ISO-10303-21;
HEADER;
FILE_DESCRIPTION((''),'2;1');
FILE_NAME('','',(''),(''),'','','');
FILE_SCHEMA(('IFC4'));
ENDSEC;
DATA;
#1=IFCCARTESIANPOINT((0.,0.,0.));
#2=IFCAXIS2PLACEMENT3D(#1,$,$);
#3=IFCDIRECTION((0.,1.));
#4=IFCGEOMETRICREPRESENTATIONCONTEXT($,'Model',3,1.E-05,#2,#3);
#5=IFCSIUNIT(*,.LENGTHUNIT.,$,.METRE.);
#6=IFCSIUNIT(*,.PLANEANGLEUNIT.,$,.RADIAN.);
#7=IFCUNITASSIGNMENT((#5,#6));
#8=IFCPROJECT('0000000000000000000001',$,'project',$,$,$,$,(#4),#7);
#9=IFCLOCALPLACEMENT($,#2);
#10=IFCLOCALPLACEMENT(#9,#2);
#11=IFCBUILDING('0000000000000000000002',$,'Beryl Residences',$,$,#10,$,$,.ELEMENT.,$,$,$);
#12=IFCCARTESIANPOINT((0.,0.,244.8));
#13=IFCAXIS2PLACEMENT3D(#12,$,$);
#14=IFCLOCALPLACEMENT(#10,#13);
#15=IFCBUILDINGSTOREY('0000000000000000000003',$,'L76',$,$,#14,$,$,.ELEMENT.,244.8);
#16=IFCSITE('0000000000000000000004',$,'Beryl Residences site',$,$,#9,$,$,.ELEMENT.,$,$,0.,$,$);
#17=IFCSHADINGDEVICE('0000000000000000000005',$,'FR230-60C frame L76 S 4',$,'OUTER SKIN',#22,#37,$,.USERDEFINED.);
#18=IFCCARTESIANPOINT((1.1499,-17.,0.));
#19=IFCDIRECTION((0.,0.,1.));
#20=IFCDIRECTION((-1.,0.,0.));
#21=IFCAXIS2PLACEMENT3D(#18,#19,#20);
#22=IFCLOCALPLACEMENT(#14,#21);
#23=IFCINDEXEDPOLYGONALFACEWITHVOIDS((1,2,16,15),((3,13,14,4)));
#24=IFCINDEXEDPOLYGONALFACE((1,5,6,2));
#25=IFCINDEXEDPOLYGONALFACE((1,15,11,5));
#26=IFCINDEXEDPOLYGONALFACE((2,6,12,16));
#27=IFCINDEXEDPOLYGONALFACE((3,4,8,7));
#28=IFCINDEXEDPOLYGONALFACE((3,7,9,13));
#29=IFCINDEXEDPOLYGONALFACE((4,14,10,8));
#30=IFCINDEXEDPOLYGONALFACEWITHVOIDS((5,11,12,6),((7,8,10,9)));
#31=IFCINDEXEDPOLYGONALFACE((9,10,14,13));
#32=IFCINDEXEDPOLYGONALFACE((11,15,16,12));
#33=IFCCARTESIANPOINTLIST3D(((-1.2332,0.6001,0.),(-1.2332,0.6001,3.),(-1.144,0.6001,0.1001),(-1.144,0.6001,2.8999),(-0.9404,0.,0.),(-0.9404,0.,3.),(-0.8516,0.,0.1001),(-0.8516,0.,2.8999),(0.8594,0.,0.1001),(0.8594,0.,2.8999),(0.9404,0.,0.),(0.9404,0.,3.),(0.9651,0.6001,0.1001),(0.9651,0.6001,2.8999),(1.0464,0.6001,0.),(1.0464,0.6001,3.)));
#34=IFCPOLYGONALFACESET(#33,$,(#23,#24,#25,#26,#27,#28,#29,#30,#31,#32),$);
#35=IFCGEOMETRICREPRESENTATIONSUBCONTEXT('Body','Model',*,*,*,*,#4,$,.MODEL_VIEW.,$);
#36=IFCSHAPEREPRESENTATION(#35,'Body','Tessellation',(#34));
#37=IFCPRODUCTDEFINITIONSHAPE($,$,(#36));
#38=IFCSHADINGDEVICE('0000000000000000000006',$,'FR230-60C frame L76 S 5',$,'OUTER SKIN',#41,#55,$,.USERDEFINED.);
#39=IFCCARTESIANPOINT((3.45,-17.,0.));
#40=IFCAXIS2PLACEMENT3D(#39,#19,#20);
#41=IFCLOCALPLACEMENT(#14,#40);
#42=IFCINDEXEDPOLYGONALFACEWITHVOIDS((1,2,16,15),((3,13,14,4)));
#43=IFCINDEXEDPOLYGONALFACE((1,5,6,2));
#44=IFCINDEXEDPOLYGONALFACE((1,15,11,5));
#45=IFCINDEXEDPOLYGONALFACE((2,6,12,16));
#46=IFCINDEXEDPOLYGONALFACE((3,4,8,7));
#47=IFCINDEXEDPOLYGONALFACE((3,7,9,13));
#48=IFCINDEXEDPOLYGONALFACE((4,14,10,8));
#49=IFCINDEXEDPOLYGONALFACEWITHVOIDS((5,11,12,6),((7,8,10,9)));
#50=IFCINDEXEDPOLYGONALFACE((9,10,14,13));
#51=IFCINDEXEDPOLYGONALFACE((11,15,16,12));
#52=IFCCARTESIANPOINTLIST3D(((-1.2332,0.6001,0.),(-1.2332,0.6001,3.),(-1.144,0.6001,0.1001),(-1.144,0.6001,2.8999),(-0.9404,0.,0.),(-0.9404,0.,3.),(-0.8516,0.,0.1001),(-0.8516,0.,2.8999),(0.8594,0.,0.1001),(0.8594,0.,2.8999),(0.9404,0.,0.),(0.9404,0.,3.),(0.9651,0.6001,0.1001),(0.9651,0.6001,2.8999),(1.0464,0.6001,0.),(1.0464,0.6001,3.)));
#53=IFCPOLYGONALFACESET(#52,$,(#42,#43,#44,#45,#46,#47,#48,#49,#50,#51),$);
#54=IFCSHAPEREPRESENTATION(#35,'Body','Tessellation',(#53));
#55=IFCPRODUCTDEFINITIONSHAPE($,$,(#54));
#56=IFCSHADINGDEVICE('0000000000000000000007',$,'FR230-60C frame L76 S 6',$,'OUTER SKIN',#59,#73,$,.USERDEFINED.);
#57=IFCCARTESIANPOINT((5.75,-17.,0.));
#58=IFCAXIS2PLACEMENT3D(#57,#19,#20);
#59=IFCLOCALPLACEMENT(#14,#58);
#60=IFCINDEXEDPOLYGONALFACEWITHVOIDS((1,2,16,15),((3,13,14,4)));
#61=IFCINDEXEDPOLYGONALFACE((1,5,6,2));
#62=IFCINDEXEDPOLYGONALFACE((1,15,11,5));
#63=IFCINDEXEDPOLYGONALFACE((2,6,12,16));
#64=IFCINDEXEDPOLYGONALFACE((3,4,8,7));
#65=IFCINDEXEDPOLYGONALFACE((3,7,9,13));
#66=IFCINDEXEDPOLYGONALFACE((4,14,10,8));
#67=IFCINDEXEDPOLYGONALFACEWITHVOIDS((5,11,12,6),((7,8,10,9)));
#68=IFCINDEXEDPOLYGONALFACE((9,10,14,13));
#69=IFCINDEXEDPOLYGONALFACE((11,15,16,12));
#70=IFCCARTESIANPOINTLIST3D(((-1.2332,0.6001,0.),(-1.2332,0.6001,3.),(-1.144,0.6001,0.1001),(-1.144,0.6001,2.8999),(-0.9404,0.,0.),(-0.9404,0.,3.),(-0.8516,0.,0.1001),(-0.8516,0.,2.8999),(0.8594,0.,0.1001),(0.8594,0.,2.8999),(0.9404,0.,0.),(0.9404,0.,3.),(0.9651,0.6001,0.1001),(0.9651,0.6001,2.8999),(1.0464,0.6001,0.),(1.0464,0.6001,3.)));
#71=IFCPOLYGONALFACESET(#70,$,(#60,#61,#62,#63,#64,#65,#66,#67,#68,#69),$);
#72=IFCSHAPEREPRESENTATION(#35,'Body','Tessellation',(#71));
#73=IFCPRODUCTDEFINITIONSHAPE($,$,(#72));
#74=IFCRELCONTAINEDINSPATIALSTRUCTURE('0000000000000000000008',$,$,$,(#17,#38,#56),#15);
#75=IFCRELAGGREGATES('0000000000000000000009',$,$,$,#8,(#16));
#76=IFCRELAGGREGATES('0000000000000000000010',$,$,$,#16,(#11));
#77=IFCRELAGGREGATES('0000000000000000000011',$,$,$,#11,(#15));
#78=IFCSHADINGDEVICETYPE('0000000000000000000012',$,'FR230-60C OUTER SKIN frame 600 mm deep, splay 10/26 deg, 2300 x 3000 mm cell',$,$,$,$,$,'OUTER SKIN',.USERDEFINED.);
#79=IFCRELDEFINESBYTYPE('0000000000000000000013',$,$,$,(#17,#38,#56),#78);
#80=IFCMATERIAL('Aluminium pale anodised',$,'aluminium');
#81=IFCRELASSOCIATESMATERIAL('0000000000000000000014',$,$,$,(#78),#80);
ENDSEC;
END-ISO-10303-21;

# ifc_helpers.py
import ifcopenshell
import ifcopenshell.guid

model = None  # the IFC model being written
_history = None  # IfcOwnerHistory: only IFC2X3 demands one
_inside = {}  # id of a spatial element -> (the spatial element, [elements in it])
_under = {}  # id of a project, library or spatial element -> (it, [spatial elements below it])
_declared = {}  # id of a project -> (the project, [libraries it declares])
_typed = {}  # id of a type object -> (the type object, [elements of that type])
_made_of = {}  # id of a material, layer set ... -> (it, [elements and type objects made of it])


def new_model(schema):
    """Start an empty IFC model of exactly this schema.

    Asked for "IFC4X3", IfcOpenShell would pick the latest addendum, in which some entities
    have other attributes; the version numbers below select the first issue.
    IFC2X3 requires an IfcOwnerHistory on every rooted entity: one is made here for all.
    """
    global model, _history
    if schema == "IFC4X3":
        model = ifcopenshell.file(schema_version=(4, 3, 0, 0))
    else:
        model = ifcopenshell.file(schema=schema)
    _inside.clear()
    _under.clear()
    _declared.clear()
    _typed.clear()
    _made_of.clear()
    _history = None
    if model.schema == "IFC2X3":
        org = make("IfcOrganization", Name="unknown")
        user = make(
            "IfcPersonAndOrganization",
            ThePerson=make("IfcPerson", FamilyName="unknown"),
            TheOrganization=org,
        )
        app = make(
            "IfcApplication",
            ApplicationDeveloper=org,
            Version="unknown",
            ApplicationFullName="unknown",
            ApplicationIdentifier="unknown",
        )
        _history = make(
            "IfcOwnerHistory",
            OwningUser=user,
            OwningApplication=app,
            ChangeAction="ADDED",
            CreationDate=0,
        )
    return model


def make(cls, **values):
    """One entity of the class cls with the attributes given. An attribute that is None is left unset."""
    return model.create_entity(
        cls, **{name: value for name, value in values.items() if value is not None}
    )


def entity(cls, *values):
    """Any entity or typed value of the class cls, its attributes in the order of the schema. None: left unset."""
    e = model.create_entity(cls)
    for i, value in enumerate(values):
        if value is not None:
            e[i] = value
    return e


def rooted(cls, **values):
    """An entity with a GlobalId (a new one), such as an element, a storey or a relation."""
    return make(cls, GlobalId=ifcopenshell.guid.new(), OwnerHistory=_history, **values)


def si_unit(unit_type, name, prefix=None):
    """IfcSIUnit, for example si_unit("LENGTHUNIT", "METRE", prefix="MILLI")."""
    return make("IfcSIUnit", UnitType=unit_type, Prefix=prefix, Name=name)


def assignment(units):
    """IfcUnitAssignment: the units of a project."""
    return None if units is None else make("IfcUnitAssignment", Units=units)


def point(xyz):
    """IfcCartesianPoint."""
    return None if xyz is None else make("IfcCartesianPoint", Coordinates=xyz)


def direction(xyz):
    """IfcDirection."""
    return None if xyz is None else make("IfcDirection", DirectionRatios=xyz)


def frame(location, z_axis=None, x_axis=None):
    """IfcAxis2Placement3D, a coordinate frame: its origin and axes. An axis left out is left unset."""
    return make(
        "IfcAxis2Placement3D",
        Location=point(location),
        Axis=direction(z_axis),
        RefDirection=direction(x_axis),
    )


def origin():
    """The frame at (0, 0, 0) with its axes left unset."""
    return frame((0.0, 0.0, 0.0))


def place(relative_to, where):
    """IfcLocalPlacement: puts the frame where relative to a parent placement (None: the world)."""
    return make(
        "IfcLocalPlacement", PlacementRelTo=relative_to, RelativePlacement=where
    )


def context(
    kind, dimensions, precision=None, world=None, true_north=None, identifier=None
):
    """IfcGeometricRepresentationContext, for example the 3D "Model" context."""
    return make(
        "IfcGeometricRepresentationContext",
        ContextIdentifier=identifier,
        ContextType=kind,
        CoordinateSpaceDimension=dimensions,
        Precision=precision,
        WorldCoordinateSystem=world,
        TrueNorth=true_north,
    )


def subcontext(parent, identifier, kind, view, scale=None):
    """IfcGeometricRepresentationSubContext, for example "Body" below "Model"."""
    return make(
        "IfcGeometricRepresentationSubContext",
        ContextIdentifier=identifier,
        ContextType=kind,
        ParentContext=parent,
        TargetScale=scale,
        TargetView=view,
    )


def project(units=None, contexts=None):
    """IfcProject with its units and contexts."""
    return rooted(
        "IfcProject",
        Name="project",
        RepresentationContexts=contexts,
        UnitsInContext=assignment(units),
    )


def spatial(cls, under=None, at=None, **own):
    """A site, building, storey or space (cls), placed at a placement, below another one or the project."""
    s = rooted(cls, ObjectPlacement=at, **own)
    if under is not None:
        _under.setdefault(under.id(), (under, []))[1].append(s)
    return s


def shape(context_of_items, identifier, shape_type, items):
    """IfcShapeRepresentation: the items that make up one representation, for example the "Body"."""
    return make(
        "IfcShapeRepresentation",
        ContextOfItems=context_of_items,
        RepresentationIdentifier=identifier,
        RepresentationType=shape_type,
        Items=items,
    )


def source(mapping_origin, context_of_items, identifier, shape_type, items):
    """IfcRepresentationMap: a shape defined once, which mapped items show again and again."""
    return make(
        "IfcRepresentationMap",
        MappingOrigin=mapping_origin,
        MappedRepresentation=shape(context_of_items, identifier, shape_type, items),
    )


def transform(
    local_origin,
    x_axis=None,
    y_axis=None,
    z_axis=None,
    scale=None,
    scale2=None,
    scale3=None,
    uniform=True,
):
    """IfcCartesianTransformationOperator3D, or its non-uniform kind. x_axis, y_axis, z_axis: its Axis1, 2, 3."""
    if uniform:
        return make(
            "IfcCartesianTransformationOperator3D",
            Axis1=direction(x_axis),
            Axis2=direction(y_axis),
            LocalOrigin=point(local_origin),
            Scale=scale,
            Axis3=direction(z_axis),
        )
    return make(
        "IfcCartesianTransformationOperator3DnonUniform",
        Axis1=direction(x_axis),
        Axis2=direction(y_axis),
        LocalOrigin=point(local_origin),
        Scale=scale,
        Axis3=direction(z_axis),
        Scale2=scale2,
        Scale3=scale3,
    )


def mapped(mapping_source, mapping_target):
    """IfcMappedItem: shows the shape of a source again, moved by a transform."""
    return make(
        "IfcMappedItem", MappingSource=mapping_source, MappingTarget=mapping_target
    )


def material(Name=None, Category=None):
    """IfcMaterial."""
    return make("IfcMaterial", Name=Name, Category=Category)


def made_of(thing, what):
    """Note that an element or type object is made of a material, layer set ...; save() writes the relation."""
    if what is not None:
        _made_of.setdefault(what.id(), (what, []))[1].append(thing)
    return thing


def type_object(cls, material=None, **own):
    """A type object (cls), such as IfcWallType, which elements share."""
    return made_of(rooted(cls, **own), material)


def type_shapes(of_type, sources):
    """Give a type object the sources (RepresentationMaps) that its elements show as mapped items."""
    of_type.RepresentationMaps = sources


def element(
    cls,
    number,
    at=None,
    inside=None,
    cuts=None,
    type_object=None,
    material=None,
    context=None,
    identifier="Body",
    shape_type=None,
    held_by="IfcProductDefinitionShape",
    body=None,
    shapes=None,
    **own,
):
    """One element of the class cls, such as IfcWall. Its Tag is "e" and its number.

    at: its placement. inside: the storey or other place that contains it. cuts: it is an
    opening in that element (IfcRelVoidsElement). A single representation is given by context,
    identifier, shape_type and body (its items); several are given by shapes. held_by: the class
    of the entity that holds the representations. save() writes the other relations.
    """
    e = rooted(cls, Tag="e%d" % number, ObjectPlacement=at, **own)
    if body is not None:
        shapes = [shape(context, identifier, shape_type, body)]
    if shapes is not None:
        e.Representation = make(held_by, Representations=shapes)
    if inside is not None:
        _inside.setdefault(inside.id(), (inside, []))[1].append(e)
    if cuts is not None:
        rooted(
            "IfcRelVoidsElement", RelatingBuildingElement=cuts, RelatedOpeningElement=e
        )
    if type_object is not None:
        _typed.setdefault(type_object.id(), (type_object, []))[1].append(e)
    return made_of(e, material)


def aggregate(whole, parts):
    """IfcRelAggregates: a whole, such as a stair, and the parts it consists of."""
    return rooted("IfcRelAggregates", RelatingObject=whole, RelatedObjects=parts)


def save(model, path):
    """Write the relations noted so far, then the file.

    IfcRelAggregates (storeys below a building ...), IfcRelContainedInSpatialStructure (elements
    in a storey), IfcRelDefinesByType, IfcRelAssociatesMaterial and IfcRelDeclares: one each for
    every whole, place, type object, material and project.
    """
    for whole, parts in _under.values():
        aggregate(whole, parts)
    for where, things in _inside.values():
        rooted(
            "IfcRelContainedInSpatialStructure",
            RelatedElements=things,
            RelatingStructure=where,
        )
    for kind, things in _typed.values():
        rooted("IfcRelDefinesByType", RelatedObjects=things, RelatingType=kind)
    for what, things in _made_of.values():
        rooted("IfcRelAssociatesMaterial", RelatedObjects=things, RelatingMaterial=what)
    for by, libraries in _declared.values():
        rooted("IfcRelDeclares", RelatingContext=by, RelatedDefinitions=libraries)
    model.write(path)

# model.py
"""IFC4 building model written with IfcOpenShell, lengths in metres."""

from ifc_helpers import new_model, entity, si_unit, direction, frame, origin, place, context, subcontext, project, spatial, source, transform, mapped, material, type_object, type_shapes, element, save


model = new_model("IFC4")

# Units and contexts
model_context = context("Model", 3, precision=1e-05, world=origin(), true_north=direction((0.0, 1.0)))
body_context = subcontext(model_context, "Body", "Model", "MODEL_VIEW")
ifc_project = project(units=[si_unit("LENGTHUNIT", "METRE"), si_unit("PLANEANGLEUNIT", "RADIAN")], contexts=[model_context])

# Site, building, storey
site_placement = place(None, origin())
site = spatial("IfcSite", under=ifc_project, at=site_placement, Name="Beryl Residences site", CompositionType="ELEMENT", RefElevation=0.0)
building_placement = place(site_placement, origin())
building = spatial("IfcBuilding", under=site, at=building_placement, Name="Beryl Residences", CompositionType="ELEMENT")
storey_placement = place(building_placement, frame((0.0, 0.0, 244.8)))
storey = spatial("IfcBuildingStorey", under=building, at=storey_placement, Name="L76", CompositionType="ELEMENT", Elevation=244.8)

# Shading devices
ifc_material_1 = material(Name="Aluminium pale anodised", Category="aluminium")
shading_device_type_1 = type_object("IfcShadingDeviceType", Name="FR230-60C OUTER SKIN frame 600 mm deep, splay 10/26 deg, 2300 x 3000 mm cell", ElementType="OUTER SKIN", PredefinedType="USERDEFINED", material=ifc_material_1)
cartesian_point_1 = entity("IfcCartesianPoint", [-0.9404, 0.0])
cartesian_point_2 = entity("IfcCartesianPoint", [-0.8594, 0.1001])
cartesian_point_3 = entity("IfcCartesianPoint", [-1.0464, 0.0])
cartesian_point_4 = entity("IfcCartesianPoint", [-0.9651, 0.1001])
shared_shape_1 = source(origin(), body_context, "Body", "SweptSolid", [
    entity("IfcExtrudedAreaSolidTapered", entity("IfcArbitraryProfileDefWithVoids", "AREA", None, entity("IfcPolyline", [cartesian_point_1, entity("IfcCartesianPoint", [0.9404, 0.0]), entity("IfcCartesianPoint", [0.9404, 3.0]), entity("IfcCartesianPoint", [-0.9404, 3.0]), cartesian_point_1]), [entity("IfcPolyline", [cartesian_point_2, entity("IfcCartesianPoint", [0.8516, 0.1001]), entity("IfcCartesianPoint", [0.8516, 2.8999]), entity("IfcCartesianPoint", [-0.8594, 2.8999]), cartesian_point_2])]), entity("IfcAxis2Placement3D", entity("IfcCartesianPoint", [0.0, 0.0, 0.0]), entity("IfcDirection", [0.0, 1.0, 0.0]), entity("IfcDirection", [-1.0, 0.0, 0.0])), entity("IfcDirection", [0.0, 0.0, 1.0]), 0.6001, entity("IfcArbitraryProfileDefWithVoids", "AREA", None, entity("IfcPolyline", [cartesian_point_3, entity("IfcCartesianPoint", [1.2332, 0.0]), entity("IfcCartesianPoint", [1.2332, 3.0]), entity("IfcCartesianPoint", [-1.0464, 3.0]), cartesian_point_3]), [entity("IfcPolyline", [cartesian_point_4, entity("IfcCartesianPoint", [1.144, 0.1001]), entity("IfcCartesianPoint", [1.144, 2.8999]), entity("IfcCartesianPoint", [-0.9651, 2.8999]), cartesian_point_4])])),
])
type_shapes(shading_device_type_1, [shared_shape_1])
for number, where, z_axis, x_axis, name in (
    (1, (1.1499, -17.0, 0.0), (0.0, 0.0, 1.0), (-1.0, 0.0, 0.0), "FR230-60C frame L76 S 4"),
    (2, (3.45, -17.0, 0.0), (0.0, 0.0, 1.0), (-1.0, 0.0, 0.0), "FR230-60C frame L76 S 5"),
    (3, (5.75, -17.0, 0.0), (0.0, 0.0, 1.0), (-1.0, 0.0, 0.0), "FR230-60C frame L76 S 6"),
):
    element("IfcShadingDevice", number, at=place(storey_placement, frame(where, z_axis=z_axis, x_axis=x_axis)), inside=storey, type_object=shading_device_type_1, Name=name, ObjectType="OUTER SKIN", PredefinedType="USERDEFINED", context=body_context, shape_type="MappedRepresentation", body=[
        mapped(shared_shape_1, transform((0.0, 0.0, 0.0))),
    ])

save(model, "model.ifc")
